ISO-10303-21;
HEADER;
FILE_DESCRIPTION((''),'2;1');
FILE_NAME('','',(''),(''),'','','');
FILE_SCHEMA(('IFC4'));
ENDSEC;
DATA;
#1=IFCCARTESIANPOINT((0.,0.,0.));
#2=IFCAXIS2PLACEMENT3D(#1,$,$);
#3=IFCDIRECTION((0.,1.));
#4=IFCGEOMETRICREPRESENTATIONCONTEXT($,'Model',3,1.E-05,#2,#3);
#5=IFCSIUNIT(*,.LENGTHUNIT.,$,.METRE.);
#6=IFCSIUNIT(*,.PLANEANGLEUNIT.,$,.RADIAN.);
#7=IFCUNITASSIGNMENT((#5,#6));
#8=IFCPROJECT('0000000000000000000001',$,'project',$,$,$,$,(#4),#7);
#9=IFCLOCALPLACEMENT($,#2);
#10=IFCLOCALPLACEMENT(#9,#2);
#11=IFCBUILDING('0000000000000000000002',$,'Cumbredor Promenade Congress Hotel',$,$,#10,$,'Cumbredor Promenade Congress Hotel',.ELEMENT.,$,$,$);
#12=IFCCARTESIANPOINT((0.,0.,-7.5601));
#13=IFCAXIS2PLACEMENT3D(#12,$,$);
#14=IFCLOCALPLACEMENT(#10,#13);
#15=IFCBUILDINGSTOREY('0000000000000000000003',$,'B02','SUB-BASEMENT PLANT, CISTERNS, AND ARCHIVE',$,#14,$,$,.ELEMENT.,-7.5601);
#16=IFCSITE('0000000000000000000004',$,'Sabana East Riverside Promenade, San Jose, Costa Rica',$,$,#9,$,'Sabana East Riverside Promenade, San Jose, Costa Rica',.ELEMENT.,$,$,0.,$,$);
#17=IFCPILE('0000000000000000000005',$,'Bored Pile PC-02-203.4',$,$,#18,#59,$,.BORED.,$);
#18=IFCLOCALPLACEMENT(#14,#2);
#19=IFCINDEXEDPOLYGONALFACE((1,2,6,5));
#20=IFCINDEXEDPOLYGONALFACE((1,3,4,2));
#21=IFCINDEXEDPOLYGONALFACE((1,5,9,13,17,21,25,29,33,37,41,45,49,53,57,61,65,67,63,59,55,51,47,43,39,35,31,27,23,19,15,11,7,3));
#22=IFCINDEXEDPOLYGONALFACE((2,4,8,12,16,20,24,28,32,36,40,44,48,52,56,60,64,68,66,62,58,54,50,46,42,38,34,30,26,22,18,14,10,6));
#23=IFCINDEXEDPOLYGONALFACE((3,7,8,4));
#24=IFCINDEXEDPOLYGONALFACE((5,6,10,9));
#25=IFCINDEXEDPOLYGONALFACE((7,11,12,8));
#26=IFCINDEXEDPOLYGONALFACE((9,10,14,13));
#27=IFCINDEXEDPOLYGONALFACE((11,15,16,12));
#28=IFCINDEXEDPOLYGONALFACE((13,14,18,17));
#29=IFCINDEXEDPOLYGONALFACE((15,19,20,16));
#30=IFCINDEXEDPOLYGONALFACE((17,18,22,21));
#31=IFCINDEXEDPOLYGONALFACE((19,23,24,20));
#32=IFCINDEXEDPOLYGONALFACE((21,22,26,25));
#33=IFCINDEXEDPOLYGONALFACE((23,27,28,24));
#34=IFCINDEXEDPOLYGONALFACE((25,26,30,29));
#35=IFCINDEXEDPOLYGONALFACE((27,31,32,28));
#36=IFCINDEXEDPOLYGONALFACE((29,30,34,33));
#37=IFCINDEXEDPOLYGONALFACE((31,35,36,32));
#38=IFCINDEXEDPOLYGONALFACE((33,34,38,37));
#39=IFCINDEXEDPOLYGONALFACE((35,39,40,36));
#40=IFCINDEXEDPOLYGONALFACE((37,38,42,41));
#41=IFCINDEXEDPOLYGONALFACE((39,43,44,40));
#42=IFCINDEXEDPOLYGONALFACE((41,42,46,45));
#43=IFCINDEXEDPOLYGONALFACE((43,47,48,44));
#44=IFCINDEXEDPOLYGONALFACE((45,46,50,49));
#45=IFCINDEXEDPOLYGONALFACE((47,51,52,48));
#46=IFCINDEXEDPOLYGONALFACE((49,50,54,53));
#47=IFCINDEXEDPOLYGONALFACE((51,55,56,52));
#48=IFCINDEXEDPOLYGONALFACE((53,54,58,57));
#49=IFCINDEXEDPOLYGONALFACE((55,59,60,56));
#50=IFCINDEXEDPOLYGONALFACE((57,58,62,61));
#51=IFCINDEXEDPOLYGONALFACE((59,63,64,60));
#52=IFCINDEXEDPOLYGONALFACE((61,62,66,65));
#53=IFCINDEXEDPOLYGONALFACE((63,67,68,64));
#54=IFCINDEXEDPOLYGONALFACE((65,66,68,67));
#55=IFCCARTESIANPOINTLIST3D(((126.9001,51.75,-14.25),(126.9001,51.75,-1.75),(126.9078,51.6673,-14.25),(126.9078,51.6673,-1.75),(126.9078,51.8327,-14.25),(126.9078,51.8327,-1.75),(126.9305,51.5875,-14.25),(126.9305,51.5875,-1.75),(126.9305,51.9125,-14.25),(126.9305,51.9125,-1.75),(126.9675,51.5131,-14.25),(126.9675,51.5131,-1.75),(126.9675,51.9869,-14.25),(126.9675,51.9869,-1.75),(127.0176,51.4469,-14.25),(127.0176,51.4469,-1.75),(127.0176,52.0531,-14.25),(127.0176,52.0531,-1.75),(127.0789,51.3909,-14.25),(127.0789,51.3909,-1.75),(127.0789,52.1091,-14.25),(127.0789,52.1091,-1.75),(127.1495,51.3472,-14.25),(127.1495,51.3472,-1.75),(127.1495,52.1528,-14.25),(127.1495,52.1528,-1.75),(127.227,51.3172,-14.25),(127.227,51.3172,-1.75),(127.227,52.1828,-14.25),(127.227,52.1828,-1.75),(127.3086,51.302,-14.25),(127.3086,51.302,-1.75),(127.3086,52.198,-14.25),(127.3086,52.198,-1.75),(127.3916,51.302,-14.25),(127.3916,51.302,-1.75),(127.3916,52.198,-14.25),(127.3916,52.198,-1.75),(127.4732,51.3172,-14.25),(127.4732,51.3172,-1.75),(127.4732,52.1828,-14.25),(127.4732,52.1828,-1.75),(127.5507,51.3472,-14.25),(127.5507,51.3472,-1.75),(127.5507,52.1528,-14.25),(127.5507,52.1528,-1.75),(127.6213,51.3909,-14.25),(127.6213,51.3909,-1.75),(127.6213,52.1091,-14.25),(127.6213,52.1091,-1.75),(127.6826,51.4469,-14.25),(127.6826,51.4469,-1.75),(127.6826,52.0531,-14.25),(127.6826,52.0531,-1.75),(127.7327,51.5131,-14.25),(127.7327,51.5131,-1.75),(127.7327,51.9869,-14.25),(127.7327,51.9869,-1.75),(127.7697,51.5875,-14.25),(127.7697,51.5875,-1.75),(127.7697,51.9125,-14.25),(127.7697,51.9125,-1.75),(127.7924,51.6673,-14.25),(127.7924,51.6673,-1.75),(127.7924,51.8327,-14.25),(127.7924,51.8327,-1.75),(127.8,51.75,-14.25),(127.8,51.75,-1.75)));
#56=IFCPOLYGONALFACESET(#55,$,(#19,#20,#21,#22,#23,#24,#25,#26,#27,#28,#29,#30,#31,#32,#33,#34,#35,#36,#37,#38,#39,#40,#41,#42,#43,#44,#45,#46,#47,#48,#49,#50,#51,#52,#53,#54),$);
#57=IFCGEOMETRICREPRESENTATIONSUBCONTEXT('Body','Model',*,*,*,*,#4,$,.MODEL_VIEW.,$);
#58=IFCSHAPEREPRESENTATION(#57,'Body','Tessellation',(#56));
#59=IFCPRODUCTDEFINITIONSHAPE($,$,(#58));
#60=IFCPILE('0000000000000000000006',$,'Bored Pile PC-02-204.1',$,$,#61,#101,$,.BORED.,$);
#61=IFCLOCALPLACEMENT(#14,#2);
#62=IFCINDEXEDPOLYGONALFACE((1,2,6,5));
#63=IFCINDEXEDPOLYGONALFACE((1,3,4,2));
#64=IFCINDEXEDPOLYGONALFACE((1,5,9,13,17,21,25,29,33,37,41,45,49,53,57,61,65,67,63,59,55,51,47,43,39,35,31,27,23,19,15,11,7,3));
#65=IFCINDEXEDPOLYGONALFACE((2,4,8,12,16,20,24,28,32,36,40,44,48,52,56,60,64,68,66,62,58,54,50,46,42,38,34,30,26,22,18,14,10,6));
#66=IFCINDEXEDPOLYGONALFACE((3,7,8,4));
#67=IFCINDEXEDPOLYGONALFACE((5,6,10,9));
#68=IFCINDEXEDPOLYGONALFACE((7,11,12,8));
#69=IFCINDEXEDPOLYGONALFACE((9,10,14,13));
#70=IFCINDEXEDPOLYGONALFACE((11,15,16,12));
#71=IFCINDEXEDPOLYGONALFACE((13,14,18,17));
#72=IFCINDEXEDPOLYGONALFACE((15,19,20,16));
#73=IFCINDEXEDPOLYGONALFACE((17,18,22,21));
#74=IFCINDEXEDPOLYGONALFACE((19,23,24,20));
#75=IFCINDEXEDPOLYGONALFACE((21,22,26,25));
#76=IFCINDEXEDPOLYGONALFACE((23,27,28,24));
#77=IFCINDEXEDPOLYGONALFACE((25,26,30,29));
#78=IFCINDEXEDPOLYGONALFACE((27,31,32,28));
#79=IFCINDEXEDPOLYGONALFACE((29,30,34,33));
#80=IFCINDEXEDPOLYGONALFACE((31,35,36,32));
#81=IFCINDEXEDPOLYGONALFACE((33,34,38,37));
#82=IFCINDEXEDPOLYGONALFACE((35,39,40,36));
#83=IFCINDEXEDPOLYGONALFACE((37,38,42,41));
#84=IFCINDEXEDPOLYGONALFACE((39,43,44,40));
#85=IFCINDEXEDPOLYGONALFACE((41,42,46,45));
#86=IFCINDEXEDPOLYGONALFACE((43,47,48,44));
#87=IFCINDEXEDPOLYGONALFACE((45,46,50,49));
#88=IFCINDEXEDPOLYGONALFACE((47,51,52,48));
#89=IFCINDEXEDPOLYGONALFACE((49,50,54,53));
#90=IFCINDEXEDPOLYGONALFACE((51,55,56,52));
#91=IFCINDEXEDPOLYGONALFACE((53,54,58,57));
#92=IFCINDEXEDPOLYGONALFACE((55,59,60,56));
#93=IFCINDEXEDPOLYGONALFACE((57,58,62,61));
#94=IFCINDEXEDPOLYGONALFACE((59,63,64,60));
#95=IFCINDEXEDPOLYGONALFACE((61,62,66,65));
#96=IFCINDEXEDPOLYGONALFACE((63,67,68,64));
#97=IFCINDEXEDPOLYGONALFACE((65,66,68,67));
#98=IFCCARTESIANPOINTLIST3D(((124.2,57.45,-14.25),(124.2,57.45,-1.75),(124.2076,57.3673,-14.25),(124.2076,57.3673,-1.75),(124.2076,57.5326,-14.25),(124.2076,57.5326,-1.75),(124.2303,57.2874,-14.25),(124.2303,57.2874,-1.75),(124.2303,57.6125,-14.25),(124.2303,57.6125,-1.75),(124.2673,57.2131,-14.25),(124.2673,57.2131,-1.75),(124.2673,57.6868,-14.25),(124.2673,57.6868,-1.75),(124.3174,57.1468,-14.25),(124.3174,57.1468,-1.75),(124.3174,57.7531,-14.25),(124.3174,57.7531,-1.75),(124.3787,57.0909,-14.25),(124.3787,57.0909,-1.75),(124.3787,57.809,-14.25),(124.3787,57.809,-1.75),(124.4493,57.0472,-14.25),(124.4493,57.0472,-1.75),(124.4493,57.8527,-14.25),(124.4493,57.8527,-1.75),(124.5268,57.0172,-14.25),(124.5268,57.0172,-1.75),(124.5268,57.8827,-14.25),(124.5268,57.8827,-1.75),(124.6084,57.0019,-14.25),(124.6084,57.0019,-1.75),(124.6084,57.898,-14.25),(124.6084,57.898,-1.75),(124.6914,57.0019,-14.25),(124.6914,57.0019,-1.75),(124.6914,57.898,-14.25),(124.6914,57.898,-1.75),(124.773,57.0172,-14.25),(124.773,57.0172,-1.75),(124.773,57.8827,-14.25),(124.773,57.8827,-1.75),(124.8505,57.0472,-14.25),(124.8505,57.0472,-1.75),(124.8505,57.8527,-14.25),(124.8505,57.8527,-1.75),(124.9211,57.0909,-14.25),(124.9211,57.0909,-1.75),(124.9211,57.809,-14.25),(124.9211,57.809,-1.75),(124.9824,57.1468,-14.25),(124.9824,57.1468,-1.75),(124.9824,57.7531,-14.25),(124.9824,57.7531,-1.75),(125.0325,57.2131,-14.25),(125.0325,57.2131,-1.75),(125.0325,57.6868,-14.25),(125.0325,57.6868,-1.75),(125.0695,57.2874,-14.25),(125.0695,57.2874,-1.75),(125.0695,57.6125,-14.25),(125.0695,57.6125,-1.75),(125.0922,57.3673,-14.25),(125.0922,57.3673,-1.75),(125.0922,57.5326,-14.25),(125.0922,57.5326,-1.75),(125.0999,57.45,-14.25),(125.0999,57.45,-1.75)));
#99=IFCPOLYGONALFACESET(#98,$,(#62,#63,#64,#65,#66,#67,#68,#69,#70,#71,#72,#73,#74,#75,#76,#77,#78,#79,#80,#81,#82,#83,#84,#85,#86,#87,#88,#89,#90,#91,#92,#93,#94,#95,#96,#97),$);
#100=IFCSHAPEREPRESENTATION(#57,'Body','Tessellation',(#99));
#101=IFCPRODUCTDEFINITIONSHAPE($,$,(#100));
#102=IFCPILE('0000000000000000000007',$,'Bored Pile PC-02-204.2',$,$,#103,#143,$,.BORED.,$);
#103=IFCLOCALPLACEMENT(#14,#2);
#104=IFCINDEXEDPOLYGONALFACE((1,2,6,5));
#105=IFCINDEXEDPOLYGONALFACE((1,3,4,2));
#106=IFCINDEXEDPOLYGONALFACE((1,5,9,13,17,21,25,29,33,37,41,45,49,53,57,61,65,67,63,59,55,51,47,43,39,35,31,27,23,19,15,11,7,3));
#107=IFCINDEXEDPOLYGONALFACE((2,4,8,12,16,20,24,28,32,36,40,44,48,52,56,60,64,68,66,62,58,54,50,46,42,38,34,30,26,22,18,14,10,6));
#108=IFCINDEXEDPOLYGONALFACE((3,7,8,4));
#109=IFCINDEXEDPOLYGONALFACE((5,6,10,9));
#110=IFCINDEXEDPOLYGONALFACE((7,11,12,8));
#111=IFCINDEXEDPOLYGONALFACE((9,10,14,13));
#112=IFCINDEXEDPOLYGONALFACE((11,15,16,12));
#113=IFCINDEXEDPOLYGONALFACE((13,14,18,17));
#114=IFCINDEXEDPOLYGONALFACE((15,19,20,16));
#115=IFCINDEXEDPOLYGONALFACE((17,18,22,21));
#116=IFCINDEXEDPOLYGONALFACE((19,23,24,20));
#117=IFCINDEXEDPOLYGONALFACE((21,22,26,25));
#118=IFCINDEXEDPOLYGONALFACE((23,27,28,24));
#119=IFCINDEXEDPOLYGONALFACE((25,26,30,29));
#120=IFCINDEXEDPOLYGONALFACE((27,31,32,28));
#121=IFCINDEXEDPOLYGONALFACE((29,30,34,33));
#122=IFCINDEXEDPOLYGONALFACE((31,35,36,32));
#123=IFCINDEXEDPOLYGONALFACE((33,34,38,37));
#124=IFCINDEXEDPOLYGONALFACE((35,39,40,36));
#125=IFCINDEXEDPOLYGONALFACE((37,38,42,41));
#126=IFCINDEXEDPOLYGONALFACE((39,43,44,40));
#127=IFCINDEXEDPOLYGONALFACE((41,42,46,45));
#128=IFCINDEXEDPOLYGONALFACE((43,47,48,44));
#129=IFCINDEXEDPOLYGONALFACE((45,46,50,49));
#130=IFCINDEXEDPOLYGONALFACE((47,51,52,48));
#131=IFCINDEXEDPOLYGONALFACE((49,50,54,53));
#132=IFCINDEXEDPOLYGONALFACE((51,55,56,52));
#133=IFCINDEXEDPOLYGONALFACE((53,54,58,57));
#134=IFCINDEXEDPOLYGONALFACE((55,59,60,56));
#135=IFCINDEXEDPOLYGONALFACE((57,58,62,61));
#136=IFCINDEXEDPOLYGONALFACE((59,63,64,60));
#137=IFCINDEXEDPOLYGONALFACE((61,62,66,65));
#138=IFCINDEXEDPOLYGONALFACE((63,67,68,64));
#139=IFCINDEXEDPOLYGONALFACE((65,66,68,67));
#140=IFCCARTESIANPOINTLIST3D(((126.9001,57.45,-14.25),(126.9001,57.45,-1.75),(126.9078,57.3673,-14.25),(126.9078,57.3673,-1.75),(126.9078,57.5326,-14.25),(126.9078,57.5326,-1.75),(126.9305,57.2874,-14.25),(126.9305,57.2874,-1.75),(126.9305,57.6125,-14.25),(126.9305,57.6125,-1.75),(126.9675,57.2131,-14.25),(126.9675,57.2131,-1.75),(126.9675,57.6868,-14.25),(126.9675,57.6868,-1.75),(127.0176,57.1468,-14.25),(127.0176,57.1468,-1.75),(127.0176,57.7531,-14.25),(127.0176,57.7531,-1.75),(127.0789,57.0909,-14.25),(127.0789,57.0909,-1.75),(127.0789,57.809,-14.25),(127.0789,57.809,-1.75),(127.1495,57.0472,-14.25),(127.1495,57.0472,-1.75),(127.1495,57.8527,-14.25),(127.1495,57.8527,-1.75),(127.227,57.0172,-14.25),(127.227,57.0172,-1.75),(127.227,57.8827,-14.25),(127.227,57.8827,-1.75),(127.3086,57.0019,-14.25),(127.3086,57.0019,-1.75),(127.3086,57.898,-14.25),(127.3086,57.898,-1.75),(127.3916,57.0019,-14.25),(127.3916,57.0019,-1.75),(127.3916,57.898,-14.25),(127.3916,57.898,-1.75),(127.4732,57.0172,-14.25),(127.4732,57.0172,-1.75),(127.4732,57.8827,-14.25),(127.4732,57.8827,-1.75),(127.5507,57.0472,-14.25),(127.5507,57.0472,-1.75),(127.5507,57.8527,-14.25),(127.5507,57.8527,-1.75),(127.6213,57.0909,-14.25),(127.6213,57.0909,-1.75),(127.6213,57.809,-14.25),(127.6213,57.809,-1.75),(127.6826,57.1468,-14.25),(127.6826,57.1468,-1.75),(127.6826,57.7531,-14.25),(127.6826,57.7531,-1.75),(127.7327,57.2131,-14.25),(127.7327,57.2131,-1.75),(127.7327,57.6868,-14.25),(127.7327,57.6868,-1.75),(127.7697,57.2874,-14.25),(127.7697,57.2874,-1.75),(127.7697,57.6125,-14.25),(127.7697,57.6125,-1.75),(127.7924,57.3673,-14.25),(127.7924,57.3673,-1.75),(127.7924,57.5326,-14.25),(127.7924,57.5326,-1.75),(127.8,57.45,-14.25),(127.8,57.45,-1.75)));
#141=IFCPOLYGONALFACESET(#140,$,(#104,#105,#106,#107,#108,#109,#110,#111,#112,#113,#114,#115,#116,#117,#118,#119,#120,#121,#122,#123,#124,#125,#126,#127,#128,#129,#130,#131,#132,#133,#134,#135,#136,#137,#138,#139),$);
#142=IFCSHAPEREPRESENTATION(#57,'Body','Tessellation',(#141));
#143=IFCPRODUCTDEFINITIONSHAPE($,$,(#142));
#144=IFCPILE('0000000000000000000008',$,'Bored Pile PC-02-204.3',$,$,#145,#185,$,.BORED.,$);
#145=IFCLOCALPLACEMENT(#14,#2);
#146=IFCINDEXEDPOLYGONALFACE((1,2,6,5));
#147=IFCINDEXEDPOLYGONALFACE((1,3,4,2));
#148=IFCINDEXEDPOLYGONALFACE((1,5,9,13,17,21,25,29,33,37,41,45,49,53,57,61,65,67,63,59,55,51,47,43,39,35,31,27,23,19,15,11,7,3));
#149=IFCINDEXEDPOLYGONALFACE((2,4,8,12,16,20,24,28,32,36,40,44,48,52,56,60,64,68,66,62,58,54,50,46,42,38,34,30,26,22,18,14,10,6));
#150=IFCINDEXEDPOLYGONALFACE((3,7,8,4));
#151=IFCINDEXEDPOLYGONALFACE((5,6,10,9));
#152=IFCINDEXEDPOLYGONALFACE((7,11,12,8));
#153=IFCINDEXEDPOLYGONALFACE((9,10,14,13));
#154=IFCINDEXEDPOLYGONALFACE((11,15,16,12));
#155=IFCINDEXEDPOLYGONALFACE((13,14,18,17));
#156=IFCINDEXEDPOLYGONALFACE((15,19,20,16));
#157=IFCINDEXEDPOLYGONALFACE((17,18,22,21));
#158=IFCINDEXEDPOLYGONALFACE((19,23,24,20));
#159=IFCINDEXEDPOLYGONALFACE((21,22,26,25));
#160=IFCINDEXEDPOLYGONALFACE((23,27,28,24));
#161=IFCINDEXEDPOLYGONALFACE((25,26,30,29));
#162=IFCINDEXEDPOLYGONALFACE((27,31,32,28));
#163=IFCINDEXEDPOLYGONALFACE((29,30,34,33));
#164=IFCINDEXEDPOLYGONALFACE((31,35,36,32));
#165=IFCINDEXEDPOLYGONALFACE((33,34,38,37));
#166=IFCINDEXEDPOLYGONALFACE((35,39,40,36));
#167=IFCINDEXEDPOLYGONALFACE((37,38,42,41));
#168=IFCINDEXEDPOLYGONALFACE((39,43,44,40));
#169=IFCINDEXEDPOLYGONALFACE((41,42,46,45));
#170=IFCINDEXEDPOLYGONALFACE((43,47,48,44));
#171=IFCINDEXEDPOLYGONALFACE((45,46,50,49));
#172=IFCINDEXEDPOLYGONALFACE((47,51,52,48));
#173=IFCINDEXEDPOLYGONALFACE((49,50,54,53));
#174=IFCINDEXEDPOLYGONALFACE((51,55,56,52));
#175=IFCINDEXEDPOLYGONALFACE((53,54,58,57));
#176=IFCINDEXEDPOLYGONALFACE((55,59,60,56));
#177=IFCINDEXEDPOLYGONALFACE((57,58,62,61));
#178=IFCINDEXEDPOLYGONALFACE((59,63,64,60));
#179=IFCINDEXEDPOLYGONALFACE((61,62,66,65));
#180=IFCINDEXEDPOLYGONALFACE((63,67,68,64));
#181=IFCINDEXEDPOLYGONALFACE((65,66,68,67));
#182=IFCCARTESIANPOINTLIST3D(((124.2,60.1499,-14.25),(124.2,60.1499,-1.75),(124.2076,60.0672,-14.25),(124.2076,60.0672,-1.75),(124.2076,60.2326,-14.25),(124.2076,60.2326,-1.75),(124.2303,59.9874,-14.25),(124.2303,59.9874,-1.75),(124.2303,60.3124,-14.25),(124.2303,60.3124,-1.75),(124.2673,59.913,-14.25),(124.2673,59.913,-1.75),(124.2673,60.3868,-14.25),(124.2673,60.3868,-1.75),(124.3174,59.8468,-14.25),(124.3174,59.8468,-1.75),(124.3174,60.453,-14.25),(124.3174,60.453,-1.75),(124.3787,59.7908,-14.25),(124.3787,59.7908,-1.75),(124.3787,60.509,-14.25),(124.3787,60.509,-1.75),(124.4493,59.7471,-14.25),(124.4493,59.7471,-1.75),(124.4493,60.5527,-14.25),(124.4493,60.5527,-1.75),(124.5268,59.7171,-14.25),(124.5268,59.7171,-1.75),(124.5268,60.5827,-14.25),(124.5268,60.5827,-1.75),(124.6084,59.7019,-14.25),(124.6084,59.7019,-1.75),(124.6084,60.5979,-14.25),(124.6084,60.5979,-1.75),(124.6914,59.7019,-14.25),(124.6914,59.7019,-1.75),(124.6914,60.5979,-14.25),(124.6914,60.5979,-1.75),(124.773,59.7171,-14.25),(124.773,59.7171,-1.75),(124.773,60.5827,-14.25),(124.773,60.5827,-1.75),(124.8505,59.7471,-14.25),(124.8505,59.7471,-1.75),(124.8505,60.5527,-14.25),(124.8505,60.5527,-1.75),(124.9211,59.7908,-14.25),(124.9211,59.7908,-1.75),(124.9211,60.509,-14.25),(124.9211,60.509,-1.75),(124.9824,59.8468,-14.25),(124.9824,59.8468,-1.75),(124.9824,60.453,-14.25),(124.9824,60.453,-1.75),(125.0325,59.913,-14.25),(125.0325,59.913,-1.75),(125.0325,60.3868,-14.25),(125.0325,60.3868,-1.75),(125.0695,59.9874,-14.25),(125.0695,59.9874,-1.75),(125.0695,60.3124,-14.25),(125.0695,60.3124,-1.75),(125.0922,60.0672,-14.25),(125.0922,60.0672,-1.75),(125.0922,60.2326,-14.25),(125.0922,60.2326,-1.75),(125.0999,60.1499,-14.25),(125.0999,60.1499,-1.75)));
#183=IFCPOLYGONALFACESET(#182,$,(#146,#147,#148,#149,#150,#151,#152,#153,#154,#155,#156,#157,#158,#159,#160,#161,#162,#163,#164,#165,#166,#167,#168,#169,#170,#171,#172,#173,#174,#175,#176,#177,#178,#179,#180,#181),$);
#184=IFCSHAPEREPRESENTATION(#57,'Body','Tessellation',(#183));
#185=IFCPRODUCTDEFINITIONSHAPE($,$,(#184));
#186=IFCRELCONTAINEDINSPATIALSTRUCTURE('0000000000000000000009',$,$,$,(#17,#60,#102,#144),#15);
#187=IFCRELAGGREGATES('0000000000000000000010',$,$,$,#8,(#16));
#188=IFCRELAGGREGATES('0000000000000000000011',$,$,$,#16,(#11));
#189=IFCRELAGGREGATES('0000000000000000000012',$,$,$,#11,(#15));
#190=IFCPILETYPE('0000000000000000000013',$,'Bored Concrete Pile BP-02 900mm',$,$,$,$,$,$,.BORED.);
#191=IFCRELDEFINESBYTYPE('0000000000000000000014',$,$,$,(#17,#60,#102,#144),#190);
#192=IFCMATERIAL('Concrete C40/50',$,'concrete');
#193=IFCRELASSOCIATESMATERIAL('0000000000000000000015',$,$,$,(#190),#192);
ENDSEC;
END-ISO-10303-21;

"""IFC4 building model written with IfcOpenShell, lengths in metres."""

from ifc_helpers import new_model, si_unit, direction, frame, origin, origin_2d, place, context, subcontext, project, spatial, circle, extrude, material, material_profile, profile_set, type_object, element, save


model = new_model("IFC4")

# Units and contexts
model_context = context("Model", 3, precision=1e-05, world=origin(), true_north=direction((0.0, 1.0)))
body_context = subcontext(model_context, "Body", "Model", "MODEL_VIEW")
ifc_project = project(units=[si_unit("LENGTHUNIT", "METRE"), si_unit("PLANEANGLEUNIT", "RADIAN")], contexts=[model_context])

# Site, building, storey
site_placement = place(None, origin())
site = spatial("IfcSite", under=ifc_project, at=site_placement, Name="Sabana East Riverside Promenade, San Jose, Costa Rica", LongName="Sabana East Riverside Promenade, San Jose, Costa Rica", CompositionType="ELEMENT", RefElevation=0.0)
building_placement = place(site_placement, origin())
building = spatial("IfcBuilding", under=site, at=building_placement, Name="Cumbredor Promenade Congress Hotel", LongName="Cumbredor Promenade Congress Hotel", CompositionType="ELEMENT")
storey_placement = place(building_placement, frame((0.0, 0.0, -7.5601)))
storey = spatial("IfcBuildingStorey", under=building, at=storey_placement, Name="B02", Description="SUB-BASEMENT PLANT, CISTERNS, AND ARCHIVE", CompositionType="ELEMENT", Elevation=-7.5601)

# Piles
ifc_material_1 = material(Name="Concrete C40/50", Category="concrete")
ifc_material_profile_1 = material_profile(ifc_material_1, circle(Radius=0.45, at=origin_2d()), Name="PILE D900")
ifc_profile_set_1 = profile_set([ifc_material_profile_1], Name="Concrete C40/50")
pile_type = type_object("IfcPileType", Name="Bored Concrete Pile BP-02 900mm", PredefinedType="BORED", material=ifc_profile_set_1)
for number, where, z_axis, x_axis, name in (
    (1, (127.3501, 51.75, -1.75), (0.0, 0.0, -1.0), (1.0, 0.0, 0.0), "Bored Pile PC-02-203.4"),
    (2, (124.6499, 57.45, -1.75), (0.0, 0.0, -1.0), (1.0, 0.0, 0.0), "Bored Pile PC-02-204.1"),
    (3, (127.3501, 57.45, -1.75), (0.0, 0.0, -1.0), (1.0, 0.0, 0.0), "Bored Pile PC-02-204.2"),
    (4, (124.6499, 60.1499, -1.75), (0.0, 0.0, -1.0), (1.0, 0.0, 0.0), "Bored Pile PC-02-204.3"),
):
    element("IfcPile", number, at=place(storey_placement, frame(where, z_axis=z_axis, x_axis=x_axis)), inside=storey, type_object=pile_type, Name=name, PredefinedType="BORED", context=body_context, shape_type="SweptSolid", body=[
        extrude(circle(Radius=0.45, at=origin_2d()), origin(), (0.0, 0.0, 1.0), 12.5),
    ])

save(model, "model.ifc")
